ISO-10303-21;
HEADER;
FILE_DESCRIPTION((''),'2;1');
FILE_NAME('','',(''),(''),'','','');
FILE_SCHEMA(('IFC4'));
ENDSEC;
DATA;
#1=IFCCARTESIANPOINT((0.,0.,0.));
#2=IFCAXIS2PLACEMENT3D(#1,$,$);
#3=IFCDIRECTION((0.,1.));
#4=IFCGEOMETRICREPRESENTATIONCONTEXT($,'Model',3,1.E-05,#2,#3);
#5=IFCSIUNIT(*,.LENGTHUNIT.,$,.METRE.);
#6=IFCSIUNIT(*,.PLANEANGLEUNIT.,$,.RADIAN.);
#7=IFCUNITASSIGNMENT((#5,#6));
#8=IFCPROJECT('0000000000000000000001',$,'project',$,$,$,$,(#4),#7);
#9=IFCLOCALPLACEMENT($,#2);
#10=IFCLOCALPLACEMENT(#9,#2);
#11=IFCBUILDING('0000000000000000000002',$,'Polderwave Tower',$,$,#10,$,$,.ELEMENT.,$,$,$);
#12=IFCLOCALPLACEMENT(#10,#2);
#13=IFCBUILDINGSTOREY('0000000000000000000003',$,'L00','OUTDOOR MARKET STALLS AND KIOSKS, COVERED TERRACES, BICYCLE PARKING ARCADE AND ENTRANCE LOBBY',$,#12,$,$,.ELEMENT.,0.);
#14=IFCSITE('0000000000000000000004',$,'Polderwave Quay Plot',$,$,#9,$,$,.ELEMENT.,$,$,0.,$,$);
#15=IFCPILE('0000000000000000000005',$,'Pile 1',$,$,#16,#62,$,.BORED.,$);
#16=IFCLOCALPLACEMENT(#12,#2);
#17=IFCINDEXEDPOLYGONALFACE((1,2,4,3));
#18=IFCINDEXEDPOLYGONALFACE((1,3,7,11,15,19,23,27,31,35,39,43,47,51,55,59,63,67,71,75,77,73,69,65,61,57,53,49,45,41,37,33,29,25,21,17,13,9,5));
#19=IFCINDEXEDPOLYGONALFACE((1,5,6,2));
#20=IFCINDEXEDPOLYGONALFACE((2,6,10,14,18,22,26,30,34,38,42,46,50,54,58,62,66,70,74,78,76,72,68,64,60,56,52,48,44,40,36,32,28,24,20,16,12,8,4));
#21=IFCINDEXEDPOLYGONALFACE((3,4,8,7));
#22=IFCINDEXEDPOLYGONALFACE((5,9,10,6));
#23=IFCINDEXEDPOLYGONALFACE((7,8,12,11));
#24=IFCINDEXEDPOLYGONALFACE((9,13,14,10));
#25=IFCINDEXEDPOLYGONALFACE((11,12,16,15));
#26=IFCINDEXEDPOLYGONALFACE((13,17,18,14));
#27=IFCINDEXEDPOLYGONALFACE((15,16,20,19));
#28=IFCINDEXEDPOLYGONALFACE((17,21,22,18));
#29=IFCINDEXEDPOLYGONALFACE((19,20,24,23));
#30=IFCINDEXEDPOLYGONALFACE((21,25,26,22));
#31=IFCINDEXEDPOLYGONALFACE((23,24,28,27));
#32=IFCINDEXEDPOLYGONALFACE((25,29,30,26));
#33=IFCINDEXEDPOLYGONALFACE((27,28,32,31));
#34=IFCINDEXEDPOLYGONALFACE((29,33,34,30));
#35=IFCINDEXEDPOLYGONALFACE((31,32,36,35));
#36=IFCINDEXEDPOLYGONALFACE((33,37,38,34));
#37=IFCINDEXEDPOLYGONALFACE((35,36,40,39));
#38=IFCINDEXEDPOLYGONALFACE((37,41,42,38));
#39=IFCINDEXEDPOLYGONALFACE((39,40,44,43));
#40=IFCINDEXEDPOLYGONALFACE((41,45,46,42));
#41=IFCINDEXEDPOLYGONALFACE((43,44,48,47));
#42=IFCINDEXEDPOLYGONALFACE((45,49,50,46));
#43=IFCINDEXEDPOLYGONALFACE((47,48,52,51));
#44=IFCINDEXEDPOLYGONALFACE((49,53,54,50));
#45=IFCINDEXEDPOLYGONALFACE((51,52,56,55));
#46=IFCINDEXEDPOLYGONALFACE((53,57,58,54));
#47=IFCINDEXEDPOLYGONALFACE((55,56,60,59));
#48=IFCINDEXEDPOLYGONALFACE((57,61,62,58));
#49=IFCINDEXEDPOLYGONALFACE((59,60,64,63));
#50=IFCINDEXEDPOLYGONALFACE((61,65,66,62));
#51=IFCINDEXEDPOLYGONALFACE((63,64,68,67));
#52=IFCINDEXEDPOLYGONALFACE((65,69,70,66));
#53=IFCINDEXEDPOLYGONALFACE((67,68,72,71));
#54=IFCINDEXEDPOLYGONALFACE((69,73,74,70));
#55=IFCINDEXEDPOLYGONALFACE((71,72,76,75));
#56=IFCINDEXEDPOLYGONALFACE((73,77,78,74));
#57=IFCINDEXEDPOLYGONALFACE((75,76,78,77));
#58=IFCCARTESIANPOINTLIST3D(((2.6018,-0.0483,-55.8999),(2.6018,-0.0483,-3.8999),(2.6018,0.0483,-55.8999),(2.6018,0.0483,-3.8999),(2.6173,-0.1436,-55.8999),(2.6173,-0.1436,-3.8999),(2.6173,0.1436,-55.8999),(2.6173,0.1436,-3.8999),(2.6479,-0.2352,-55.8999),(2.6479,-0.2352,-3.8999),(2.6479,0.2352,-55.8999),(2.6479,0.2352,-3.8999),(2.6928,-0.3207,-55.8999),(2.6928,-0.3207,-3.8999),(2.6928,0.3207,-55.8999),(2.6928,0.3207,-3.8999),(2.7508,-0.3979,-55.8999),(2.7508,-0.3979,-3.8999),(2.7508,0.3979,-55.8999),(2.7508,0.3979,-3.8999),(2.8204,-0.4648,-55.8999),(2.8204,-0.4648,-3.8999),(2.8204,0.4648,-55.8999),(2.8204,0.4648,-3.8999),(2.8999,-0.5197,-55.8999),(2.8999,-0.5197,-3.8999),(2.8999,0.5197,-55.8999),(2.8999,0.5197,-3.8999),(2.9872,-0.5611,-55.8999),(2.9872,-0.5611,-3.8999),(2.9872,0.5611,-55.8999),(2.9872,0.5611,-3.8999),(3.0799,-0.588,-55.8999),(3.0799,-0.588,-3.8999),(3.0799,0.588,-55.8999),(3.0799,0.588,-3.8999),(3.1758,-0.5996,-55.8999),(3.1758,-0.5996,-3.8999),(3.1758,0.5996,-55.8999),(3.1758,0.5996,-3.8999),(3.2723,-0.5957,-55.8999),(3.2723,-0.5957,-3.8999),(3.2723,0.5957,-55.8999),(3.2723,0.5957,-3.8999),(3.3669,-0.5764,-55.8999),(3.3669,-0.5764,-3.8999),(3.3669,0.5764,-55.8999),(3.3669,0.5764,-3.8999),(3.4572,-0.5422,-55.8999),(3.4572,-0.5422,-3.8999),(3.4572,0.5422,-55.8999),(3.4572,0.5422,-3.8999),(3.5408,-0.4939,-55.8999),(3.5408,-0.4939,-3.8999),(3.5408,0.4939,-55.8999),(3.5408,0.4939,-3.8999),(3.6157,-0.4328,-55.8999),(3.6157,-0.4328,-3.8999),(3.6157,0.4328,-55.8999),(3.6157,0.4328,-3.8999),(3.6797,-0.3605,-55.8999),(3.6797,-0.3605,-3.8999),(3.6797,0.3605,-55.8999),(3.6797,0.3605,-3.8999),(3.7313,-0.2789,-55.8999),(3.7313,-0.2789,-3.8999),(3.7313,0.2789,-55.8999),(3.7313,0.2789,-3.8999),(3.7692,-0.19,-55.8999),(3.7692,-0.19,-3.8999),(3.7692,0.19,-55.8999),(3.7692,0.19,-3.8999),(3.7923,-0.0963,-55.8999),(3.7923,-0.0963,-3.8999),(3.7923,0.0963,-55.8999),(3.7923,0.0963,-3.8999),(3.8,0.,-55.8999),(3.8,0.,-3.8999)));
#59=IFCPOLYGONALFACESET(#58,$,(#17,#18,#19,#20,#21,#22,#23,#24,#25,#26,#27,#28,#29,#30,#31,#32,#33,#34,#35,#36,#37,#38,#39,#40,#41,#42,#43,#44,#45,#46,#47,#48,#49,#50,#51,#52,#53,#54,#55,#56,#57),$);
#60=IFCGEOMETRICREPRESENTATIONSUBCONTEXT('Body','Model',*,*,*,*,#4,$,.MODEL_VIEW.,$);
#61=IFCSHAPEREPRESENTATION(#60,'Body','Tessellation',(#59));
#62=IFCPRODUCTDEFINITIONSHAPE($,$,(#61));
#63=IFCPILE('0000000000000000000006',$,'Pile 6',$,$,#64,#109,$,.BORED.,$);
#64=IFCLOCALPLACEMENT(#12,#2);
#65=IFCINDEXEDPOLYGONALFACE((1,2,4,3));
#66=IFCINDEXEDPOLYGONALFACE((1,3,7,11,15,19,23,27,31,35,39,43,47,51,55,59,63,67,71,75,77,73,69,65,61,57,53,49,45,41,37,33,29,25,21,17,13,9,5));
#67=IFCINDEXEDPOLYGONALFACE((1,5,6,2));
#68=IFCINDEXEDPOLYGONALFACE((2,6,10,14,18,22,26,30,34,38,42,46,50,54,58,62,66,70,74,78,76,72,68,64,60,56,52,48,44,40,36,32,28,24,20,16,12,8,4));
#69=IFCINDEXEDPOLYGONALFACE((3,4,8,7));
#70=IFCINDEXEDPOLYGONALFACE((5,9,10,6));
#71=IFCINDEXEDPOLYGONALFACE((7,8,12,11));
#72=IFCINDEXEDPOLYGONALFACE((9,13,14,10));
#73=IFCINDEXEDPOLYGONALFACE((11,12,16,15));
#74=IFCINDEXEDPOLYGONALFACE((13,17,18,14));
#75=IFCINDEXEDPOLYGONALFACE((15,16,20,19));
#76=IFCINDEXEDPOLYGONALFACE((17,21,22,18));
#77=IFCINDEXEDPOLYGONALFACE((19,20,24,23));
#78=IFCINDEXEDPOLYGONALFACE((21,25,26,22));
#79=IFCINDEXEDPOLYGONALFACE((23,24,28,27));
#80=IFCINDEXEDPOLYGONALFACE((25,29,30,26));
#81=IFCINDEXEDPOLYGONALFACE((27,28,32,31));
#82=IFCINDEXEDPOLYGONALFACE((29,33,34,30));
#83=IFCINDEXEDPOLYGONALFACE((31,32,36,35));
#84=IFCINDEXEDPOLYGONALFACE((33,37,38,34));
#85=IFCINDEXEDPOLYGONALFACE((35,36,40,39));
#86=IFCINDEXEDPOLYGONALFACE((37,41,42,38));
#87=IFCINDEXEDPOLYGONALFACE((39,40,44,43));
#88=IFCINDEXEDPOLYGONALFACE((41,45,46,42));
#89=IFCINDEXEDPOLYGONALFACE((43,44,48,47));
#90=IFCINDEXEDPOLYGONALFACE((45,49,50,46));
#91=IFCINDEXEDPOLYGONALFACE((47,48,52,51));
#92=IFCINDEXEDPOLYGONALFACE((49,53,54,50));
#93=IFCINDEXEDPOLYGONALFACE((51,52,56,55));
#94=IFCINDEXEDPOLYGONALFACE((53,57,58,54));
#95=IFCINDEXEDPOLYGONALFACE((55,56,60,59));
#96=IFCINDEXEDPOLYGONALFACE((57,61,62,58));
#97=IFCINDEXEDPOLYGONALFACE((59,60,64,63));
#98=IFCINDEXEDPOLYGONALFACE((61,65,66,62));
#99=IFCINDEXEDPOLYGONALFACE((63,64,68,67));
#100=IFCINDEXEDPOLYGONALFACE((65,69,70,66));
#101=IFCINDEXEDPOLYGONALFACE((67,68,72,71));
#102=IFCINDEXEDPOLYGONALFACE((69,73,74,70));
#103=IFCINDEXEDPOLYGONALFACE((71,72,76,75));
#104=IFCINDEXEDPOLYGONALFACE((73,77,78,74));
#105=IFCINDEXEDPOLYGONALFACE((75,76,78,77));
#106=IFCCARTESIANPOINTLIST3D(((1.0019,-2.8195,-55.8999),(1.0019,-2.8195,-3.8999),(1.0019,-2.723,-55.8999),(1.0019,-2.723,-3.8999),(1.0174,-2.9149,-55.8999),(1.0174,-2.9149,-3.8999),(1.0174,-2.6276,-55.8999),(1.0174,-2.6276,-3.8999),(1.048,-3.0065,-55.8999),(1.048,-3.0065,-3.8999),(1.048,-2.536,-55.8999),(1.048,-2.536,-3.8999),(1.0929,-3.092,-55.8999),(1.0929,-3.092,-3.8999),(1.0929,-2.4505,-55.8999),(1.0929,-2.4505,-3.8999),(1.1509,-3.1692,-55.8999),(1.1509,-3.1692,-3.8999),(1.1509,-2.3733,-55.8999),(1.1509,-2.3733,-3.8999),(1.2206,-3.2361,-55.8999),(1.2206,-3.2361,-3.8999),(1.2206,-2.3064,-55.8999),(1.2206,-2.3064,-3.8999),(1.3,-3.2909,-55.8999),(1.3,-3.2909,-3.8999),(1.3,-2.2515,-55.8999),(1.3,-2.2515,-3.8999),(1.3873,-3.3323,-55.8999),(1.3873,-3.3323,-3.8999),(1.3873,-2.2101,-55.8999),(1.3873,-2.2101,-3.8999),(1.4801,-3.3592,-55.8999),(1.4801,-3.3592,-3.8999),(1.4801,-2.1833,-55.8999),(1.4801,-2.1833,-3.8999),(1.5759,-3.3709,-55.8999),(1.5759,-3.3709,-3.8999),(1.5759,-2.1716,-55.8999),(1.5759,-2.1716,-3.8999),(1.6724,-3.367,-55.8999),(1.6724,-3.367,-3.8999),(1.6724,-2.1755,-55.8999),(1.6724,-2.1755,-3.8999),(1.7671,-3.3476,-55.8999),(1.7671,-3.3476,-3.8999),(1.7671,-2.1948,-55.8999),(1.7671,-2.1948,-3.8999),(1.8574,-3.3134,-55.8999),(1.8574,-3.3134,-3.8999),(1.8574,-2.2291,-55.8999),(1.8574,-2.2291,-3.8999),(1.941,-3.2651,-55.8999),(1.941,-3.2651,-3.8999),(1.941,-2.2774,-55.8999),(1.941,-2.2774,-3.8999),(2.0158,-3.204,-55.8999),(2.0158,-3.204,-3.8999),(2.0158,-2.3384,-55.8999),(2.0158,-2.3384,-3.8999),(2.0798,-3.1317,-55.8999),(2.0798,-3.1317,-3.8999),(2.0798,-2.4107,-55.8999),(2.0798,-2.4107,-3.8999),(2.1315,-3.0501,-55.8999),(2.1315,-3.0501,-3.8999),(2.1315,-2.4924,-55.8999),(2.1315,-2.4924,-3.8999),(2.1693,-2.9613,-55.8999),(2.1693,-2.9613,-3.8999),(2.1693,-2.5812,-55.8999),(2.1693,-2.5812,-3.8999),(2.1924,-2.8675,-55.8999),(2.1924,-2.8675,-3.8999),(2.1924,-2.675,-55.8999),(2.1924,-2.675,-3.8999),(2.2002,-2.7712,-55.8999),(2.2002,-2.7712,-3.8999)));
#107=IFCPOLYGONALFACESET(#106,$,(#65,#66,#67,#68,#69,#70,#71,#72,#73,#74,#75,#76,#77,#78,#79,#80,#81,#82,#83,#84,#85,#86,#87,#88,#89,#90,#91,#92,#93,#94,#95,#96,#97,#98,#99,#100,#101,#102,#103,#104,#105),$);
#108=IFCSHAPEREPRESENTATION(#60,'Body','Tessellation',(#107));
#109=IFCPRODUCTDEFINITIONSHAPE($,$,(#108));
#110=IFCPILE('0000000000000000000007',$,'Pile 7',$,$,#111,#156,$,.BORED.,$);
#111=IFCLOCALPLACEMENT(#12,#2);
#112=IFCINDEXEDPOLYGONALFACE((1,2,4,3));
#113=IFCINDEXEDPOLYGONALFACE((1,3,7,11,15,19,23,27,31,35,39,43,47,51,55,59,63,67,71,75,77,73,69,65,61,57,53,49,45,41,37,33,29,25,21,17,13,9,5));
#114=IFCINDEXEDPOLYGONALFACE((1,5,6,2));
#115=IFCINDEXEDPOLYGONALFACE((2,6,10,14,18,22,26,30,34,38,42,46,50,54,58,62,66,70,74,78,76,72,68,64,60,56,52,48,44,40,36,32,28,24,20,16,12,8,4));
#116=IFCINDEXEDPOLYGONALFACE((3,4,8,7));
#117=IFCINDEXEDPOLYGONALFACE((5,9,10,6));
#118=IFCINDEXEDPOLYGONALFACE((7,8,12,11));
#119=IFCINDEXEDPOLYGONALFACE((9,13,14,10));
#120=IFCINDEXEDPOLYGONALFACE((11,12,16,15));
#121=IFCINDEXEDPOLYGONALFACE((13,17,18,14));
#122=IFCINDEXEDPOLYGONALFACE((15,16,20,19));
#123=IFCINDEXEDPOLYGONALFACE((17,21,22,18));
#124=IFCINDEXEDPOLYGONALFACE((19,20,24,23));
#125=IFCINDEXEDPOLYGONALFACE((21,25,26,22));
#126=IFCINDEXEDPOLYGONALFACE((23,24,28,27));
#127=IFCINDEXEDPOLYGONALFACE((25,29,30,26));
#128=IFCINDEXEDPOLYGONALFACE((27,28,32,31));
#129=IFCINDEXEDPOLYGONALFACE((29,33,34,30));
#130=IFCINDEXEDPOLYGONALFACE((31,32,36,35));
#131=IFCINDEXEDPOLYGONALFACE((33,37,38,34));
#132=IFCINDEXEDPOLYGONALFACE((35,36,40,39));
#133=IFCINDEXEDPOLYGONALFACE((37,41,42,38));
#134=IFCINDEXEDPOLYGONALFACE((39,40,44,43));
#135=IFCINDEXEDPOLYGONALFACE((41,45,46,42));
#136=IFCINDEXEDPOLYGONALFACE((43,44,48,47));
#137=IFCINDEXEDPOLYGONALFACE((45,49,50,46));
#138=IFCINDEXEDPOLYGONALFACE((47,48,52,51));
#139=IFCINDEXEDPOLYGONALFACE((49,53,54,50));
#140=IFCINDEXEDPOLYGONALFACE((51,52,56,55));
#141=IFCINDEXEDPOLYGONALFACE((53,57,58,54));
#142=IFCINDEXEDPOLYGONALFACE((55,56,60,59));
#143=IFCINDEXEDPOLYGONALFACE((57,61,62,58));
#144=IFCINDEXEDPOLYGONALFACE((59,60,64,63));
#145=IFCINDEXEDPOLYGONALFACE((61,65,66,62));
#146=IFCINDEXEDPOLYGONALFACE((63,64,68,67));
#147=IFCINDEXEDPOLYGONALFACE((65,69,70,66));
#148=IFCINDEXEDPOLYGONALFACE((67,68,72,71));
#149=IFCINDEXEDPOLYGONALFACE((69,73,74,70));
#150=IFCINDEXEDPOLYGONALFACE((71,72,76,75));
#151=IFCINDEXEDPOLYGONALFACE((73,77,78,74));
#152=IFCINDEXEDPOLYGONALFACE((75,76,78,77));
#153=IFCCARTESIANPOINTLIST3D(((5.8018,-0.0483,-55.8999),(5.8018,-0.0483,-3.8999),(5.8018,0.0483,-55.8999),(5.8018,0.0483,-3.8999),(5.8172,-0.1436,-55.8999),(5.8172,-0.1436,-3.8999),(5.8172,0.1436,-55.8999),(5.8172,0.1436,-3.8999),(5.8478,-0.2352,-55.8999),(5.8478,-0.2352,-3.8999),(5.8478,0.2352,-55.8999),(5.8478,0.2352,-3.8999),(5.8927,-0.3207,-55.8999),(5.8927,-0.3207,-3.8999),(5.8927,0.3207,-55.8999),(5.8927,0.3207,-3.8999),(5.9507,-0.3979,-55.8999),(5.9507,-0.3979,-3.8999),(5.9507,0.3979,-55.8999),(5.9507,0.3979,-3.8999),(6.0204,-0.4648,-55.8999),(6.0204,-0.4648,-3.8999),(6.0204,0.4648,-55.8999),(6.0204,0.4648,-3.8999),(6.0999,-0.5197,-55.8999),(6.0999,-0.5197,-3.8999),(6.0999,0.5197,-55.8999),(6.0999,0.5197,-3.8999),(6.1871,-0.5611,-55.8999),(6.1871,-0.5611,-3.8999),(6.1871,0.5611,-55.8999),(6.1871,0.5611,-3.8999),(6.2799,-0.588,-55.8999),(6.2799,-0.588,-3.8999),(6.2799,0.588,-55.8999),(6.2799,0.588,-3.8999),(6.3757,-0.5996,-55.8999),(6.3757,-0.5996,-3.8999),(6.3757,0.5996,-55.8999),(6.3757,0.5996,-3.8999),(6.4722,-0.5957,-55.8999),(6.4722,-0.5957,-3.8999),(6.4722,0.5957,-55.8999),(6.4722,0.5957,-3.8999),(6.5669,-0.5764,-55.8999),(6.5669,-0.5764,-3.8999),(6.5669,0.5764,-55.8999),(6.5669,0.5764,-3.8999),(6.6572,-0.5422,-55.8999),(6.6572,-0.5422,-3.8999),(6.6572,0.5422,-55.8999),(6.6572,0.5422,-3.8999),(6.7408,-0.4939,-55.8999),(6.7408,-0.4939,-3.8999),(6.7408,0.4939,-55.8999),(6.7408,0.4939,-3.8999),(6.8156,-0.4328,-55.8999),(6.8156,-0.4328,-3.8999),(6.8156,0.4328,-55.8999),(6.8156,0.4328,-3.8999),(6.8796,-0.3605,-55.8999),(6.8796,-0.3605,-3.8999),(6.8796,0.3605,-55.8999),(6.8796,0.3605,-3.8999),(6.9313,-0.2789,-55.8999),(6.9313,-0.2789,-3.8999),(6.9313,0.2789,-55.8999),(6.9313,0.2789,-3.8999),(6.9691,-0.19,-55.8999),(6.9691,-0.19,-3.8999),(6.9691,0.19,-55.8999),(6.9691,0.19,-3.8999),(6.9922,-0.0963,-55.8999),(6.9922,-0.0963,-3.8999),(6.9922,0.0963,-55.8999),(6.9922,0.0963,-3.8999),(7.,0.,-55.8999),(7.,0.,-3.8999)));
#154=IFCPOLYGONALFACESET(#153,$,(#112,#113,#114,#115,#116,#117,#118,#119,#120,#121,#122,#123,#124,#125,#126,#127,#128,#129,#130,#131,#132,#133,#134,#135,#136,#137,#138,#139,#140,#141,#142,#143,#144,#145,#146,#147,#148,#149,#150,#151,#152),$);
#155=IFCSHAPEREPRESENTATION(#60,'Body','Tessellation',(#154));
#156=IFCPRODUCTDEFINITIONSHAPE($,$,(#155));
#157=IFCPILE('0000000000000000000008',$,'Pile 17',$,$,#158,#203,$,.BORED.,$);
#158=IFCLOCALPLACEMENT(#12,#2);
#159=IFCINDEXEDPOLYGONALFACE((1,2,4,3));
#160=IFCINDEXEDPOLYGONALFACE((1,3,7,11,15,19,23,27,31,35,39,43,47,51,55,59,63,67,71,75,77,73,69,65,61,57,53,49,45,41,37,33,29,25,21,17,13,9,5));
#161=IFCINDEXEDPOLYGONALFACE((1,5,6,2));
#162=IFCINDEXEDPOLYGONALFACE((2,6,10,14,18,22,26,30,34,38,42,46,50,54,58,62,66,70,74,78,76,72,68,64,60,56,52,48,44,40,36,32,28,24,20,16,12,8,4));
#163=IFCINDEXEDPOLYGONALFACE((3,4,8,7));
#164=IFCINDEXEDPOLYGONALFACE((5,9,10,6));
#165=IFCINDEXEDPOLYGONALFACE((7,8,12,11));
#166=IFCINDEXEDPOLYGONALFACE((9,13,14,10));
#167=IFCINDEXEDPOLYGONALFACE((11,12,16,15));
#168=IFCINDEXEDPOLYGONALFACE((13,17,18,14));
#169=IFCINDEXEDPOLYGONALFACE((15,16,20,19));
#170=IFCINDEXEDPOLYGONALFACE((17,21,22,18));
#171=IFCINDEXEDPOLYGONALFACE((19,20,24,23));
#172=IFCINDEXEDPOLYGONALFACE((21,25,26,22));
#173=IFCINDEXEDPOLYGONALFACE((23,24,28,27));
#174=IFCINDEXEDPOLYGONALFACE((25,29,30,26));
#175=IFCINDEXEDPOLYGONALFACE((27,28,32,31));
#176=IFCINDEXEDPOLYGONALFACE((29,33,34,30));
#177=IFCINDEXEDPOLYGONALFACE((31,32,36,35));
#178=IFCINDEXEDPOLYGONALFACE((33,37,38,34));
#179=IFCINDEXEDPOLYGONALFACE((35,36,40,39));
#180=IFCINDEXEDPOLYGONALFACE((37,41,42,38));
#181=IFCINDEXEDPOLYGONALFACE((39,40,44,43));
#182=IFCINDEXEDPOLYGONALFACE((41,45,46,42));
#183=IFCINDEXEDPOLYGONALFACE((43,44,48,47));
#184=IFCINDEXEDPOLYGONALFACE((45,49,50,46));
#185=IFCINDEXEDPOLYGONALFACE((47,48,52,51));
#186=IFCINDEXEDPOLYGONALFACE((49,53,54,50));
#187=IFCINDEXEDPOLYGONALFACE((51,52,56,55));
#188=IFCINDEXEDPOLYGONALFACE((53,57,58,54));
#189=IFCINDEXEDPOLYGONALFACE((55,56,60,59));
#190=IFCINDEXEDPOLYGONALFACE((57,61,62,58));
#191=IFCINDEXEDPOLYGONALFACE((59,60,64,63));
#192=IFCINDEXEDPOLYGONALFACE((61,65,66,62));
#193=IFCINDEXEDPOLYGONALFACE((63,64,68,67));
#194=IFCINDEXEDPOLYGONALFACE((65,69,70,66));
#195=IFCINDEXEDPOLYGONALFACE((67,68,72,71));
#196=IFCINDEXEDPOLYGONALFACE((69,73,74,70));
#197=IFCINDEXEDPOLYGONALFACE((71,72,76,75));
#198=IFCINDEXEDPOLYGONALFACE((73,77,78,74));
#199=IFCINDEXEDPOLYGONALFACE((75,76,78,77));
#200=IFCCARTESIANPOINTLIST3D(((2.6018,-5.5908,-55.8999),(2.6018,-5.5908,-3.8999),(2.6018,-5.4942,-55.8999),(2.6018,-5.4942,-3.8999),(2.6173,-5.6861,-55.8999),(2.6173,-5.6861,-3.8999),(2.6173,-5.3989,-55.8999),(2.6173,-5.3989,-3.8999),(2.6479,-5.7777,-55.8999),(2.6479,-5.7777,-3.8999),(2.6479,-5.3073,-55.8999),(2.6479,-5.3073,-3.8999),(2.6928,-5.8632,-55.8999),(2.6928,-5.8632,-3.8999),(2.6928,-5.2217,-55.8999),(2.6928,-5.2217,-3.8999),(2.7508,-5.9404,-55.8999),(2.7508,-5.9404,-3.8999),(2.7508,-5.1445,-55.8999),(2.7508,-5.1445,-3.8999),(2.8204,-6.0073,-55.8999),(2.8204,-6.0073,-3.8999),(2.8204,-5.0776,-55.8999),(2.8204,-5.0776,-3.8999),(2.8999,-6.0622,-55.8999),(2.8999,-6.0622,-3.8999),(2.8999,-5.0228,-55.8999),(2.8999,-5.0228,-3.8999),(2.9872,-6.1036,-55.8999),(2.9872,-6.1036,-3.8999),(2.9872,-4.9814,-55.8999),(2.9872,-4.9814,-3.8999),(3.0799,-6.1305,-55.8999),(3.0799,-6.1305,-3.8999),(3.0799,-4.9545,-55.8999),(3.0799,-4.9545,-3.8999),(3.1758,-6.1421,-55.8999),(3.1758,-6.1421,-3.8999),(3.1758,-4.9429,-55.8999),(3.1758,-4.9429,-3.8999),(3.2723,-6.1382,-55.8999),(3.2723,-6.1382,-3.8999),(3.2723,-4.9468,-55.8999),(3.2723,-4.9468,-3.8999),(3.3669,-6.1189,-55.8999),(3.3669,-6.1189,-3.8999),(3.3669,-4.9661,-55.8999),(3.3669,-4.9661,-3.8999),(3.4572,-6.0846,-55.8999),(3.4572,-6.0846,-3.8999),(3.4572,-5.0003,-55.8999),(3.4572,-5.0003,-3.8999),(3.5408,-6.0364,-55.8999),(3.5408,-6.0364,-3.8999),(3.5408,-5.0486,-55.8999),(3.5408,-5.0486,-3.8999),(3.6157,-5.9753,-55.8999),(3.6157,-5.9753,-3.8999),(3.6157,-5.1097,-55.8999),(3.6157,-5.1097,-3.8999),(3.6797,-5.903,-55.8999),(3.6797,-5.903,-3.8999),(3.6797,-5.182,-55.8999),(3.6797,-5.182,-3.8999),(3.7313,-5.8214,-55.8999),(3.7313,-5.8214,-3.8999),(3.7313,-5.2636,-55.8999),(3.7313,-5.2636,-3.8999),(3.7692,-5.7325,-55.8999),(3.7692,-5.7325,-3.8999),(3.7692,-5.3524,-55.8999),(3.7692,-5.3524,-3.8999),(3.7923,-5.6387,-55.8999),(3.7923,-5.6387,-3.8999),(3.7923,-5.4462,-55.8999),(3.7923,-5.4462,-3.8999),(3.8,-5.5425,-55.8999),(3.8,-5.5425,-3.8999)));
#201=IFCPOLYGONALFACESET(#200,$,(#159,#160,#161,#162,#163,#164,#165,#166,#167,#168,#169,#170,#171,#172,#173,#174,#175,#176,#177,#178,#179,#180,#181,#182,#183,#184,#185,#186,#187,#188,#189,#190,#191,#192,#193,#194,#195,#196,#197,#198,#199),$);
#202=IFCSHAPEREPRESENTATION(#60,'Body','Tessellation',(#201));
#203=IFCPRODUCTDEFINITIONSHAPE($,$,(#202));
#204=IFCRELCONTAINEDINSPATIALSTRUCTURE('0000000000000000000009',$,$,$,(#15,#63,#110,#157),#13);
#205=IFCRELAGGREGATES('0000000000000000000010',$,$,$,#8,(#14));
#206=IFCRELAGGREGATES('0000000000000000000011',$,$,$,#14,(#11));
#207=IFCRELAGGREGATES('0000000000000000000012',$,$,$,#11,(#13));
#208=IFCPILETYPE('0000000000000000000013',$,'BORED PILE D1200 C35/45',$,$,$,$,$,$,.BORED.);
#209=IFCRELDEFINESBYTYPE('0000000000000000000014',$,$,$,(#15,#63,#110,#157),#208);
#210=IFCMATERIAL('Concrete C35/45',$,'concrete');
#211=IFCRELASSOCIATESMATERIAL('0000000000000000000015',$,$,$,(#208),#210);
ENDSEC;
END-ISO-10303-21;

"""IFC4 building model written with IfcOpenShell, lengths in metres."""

from ifc_helpers import new_model, si_unit, direction, frame, origin, origin_2d, place, context, subcontext, project, spatial, circle, extrude, material, material_profile, profile_set, type_object, element, save


model = new_model("IFC4")

# Units and contexts
model_context = context("Model", 3, precision=1e-05, world=origin(), true_north=direction((0.0, 1.0)))
body_context = subcontext(model_context, "Body", "Model", "MODEL_VIEW")
ifc_project = project(units=[si_unit("LENGTHUNIT", "METRE"), si_unit("PLANEANGLEUNIT", "RADIAN")], contexts=[model_context])

# Site, building, storey
site_placement = place(None, origin())
site = spatial("IfcSite", under=ifc_project, at=site_placement, Name="Polderwave Quay Plot", CompositionType="ELEMENT", RefElevation=0.0)
building_placement = place(site_placement, origin())
building = spatial("IfcBuilding", under=site, at=building_placement, Name="Polderwave Tower", CompositionType="ELEMENT")
storey_placement = place(building_placement, origin())
storey = spatial("IfcBuildingStorey", under=building, at=storey_placement, Name="L00", Description="OUTDOOR MARKET STALLS AND KIOSKS, COVERED TERRACES, BICYCLE PARKING ARCADE AND ENTRANCE LOBBY", CompositionType="ELEMENT", Elevation=0.0)

# Piles
ifc_material_1 = material(Name="Concrete C35/45", Category="concrete")
ifc_material_profile = material_profile(ifc_material_1, circle(Radius=0.6001, at=origin_2d()), Name="BORED D1200")
ifc_profile_set = profile_set([ifc_material_profile], Name="Concrete C35/45")
pile_type = type_object("IfcPileType", Name="BORED PILE D1200 C35/45", PredefinedType="BORED", material=ifc_profile_set)
for number, where, z_axis, x_axis, name in (
    (1, (3.2, 0.0, -3.8999), (0.0, 0.0, -1.0), (1.0, 0.0, 0.0), "Pile 1"),
    (2, (1.6001, -2.7712, -3.8999), (0.0, 0.0, -1.0), (1.0, 0.0, 0.0), "Pile 6"),
    (3, (6.3999, 0.0, -3.8999), (0.0, 0.0, -1.0), (1.0, 0.0, 0.0), "Pile 7"),
    (4, (3.2, -5.5425, -3.8999), (0.0, 0.0, -1.0), (1.0, 0.0, 0.0), "Pile 17"),
):
    element("IfcPile", number, at=place(storey_placement, frame(where, z_axis=z_axis, x_axis=x_axis)), inside=storey, type_object=pile_type, Name=name, PredefinedType="BORED", context=body_context, shape_type="SweptSolid", body=[
        extrude(circle(Radius=0.6001, at=origin_2d()), origin(), (0.0, 0.0, 1.0), 52.0),
    ])

save(model, "model.ifc")
